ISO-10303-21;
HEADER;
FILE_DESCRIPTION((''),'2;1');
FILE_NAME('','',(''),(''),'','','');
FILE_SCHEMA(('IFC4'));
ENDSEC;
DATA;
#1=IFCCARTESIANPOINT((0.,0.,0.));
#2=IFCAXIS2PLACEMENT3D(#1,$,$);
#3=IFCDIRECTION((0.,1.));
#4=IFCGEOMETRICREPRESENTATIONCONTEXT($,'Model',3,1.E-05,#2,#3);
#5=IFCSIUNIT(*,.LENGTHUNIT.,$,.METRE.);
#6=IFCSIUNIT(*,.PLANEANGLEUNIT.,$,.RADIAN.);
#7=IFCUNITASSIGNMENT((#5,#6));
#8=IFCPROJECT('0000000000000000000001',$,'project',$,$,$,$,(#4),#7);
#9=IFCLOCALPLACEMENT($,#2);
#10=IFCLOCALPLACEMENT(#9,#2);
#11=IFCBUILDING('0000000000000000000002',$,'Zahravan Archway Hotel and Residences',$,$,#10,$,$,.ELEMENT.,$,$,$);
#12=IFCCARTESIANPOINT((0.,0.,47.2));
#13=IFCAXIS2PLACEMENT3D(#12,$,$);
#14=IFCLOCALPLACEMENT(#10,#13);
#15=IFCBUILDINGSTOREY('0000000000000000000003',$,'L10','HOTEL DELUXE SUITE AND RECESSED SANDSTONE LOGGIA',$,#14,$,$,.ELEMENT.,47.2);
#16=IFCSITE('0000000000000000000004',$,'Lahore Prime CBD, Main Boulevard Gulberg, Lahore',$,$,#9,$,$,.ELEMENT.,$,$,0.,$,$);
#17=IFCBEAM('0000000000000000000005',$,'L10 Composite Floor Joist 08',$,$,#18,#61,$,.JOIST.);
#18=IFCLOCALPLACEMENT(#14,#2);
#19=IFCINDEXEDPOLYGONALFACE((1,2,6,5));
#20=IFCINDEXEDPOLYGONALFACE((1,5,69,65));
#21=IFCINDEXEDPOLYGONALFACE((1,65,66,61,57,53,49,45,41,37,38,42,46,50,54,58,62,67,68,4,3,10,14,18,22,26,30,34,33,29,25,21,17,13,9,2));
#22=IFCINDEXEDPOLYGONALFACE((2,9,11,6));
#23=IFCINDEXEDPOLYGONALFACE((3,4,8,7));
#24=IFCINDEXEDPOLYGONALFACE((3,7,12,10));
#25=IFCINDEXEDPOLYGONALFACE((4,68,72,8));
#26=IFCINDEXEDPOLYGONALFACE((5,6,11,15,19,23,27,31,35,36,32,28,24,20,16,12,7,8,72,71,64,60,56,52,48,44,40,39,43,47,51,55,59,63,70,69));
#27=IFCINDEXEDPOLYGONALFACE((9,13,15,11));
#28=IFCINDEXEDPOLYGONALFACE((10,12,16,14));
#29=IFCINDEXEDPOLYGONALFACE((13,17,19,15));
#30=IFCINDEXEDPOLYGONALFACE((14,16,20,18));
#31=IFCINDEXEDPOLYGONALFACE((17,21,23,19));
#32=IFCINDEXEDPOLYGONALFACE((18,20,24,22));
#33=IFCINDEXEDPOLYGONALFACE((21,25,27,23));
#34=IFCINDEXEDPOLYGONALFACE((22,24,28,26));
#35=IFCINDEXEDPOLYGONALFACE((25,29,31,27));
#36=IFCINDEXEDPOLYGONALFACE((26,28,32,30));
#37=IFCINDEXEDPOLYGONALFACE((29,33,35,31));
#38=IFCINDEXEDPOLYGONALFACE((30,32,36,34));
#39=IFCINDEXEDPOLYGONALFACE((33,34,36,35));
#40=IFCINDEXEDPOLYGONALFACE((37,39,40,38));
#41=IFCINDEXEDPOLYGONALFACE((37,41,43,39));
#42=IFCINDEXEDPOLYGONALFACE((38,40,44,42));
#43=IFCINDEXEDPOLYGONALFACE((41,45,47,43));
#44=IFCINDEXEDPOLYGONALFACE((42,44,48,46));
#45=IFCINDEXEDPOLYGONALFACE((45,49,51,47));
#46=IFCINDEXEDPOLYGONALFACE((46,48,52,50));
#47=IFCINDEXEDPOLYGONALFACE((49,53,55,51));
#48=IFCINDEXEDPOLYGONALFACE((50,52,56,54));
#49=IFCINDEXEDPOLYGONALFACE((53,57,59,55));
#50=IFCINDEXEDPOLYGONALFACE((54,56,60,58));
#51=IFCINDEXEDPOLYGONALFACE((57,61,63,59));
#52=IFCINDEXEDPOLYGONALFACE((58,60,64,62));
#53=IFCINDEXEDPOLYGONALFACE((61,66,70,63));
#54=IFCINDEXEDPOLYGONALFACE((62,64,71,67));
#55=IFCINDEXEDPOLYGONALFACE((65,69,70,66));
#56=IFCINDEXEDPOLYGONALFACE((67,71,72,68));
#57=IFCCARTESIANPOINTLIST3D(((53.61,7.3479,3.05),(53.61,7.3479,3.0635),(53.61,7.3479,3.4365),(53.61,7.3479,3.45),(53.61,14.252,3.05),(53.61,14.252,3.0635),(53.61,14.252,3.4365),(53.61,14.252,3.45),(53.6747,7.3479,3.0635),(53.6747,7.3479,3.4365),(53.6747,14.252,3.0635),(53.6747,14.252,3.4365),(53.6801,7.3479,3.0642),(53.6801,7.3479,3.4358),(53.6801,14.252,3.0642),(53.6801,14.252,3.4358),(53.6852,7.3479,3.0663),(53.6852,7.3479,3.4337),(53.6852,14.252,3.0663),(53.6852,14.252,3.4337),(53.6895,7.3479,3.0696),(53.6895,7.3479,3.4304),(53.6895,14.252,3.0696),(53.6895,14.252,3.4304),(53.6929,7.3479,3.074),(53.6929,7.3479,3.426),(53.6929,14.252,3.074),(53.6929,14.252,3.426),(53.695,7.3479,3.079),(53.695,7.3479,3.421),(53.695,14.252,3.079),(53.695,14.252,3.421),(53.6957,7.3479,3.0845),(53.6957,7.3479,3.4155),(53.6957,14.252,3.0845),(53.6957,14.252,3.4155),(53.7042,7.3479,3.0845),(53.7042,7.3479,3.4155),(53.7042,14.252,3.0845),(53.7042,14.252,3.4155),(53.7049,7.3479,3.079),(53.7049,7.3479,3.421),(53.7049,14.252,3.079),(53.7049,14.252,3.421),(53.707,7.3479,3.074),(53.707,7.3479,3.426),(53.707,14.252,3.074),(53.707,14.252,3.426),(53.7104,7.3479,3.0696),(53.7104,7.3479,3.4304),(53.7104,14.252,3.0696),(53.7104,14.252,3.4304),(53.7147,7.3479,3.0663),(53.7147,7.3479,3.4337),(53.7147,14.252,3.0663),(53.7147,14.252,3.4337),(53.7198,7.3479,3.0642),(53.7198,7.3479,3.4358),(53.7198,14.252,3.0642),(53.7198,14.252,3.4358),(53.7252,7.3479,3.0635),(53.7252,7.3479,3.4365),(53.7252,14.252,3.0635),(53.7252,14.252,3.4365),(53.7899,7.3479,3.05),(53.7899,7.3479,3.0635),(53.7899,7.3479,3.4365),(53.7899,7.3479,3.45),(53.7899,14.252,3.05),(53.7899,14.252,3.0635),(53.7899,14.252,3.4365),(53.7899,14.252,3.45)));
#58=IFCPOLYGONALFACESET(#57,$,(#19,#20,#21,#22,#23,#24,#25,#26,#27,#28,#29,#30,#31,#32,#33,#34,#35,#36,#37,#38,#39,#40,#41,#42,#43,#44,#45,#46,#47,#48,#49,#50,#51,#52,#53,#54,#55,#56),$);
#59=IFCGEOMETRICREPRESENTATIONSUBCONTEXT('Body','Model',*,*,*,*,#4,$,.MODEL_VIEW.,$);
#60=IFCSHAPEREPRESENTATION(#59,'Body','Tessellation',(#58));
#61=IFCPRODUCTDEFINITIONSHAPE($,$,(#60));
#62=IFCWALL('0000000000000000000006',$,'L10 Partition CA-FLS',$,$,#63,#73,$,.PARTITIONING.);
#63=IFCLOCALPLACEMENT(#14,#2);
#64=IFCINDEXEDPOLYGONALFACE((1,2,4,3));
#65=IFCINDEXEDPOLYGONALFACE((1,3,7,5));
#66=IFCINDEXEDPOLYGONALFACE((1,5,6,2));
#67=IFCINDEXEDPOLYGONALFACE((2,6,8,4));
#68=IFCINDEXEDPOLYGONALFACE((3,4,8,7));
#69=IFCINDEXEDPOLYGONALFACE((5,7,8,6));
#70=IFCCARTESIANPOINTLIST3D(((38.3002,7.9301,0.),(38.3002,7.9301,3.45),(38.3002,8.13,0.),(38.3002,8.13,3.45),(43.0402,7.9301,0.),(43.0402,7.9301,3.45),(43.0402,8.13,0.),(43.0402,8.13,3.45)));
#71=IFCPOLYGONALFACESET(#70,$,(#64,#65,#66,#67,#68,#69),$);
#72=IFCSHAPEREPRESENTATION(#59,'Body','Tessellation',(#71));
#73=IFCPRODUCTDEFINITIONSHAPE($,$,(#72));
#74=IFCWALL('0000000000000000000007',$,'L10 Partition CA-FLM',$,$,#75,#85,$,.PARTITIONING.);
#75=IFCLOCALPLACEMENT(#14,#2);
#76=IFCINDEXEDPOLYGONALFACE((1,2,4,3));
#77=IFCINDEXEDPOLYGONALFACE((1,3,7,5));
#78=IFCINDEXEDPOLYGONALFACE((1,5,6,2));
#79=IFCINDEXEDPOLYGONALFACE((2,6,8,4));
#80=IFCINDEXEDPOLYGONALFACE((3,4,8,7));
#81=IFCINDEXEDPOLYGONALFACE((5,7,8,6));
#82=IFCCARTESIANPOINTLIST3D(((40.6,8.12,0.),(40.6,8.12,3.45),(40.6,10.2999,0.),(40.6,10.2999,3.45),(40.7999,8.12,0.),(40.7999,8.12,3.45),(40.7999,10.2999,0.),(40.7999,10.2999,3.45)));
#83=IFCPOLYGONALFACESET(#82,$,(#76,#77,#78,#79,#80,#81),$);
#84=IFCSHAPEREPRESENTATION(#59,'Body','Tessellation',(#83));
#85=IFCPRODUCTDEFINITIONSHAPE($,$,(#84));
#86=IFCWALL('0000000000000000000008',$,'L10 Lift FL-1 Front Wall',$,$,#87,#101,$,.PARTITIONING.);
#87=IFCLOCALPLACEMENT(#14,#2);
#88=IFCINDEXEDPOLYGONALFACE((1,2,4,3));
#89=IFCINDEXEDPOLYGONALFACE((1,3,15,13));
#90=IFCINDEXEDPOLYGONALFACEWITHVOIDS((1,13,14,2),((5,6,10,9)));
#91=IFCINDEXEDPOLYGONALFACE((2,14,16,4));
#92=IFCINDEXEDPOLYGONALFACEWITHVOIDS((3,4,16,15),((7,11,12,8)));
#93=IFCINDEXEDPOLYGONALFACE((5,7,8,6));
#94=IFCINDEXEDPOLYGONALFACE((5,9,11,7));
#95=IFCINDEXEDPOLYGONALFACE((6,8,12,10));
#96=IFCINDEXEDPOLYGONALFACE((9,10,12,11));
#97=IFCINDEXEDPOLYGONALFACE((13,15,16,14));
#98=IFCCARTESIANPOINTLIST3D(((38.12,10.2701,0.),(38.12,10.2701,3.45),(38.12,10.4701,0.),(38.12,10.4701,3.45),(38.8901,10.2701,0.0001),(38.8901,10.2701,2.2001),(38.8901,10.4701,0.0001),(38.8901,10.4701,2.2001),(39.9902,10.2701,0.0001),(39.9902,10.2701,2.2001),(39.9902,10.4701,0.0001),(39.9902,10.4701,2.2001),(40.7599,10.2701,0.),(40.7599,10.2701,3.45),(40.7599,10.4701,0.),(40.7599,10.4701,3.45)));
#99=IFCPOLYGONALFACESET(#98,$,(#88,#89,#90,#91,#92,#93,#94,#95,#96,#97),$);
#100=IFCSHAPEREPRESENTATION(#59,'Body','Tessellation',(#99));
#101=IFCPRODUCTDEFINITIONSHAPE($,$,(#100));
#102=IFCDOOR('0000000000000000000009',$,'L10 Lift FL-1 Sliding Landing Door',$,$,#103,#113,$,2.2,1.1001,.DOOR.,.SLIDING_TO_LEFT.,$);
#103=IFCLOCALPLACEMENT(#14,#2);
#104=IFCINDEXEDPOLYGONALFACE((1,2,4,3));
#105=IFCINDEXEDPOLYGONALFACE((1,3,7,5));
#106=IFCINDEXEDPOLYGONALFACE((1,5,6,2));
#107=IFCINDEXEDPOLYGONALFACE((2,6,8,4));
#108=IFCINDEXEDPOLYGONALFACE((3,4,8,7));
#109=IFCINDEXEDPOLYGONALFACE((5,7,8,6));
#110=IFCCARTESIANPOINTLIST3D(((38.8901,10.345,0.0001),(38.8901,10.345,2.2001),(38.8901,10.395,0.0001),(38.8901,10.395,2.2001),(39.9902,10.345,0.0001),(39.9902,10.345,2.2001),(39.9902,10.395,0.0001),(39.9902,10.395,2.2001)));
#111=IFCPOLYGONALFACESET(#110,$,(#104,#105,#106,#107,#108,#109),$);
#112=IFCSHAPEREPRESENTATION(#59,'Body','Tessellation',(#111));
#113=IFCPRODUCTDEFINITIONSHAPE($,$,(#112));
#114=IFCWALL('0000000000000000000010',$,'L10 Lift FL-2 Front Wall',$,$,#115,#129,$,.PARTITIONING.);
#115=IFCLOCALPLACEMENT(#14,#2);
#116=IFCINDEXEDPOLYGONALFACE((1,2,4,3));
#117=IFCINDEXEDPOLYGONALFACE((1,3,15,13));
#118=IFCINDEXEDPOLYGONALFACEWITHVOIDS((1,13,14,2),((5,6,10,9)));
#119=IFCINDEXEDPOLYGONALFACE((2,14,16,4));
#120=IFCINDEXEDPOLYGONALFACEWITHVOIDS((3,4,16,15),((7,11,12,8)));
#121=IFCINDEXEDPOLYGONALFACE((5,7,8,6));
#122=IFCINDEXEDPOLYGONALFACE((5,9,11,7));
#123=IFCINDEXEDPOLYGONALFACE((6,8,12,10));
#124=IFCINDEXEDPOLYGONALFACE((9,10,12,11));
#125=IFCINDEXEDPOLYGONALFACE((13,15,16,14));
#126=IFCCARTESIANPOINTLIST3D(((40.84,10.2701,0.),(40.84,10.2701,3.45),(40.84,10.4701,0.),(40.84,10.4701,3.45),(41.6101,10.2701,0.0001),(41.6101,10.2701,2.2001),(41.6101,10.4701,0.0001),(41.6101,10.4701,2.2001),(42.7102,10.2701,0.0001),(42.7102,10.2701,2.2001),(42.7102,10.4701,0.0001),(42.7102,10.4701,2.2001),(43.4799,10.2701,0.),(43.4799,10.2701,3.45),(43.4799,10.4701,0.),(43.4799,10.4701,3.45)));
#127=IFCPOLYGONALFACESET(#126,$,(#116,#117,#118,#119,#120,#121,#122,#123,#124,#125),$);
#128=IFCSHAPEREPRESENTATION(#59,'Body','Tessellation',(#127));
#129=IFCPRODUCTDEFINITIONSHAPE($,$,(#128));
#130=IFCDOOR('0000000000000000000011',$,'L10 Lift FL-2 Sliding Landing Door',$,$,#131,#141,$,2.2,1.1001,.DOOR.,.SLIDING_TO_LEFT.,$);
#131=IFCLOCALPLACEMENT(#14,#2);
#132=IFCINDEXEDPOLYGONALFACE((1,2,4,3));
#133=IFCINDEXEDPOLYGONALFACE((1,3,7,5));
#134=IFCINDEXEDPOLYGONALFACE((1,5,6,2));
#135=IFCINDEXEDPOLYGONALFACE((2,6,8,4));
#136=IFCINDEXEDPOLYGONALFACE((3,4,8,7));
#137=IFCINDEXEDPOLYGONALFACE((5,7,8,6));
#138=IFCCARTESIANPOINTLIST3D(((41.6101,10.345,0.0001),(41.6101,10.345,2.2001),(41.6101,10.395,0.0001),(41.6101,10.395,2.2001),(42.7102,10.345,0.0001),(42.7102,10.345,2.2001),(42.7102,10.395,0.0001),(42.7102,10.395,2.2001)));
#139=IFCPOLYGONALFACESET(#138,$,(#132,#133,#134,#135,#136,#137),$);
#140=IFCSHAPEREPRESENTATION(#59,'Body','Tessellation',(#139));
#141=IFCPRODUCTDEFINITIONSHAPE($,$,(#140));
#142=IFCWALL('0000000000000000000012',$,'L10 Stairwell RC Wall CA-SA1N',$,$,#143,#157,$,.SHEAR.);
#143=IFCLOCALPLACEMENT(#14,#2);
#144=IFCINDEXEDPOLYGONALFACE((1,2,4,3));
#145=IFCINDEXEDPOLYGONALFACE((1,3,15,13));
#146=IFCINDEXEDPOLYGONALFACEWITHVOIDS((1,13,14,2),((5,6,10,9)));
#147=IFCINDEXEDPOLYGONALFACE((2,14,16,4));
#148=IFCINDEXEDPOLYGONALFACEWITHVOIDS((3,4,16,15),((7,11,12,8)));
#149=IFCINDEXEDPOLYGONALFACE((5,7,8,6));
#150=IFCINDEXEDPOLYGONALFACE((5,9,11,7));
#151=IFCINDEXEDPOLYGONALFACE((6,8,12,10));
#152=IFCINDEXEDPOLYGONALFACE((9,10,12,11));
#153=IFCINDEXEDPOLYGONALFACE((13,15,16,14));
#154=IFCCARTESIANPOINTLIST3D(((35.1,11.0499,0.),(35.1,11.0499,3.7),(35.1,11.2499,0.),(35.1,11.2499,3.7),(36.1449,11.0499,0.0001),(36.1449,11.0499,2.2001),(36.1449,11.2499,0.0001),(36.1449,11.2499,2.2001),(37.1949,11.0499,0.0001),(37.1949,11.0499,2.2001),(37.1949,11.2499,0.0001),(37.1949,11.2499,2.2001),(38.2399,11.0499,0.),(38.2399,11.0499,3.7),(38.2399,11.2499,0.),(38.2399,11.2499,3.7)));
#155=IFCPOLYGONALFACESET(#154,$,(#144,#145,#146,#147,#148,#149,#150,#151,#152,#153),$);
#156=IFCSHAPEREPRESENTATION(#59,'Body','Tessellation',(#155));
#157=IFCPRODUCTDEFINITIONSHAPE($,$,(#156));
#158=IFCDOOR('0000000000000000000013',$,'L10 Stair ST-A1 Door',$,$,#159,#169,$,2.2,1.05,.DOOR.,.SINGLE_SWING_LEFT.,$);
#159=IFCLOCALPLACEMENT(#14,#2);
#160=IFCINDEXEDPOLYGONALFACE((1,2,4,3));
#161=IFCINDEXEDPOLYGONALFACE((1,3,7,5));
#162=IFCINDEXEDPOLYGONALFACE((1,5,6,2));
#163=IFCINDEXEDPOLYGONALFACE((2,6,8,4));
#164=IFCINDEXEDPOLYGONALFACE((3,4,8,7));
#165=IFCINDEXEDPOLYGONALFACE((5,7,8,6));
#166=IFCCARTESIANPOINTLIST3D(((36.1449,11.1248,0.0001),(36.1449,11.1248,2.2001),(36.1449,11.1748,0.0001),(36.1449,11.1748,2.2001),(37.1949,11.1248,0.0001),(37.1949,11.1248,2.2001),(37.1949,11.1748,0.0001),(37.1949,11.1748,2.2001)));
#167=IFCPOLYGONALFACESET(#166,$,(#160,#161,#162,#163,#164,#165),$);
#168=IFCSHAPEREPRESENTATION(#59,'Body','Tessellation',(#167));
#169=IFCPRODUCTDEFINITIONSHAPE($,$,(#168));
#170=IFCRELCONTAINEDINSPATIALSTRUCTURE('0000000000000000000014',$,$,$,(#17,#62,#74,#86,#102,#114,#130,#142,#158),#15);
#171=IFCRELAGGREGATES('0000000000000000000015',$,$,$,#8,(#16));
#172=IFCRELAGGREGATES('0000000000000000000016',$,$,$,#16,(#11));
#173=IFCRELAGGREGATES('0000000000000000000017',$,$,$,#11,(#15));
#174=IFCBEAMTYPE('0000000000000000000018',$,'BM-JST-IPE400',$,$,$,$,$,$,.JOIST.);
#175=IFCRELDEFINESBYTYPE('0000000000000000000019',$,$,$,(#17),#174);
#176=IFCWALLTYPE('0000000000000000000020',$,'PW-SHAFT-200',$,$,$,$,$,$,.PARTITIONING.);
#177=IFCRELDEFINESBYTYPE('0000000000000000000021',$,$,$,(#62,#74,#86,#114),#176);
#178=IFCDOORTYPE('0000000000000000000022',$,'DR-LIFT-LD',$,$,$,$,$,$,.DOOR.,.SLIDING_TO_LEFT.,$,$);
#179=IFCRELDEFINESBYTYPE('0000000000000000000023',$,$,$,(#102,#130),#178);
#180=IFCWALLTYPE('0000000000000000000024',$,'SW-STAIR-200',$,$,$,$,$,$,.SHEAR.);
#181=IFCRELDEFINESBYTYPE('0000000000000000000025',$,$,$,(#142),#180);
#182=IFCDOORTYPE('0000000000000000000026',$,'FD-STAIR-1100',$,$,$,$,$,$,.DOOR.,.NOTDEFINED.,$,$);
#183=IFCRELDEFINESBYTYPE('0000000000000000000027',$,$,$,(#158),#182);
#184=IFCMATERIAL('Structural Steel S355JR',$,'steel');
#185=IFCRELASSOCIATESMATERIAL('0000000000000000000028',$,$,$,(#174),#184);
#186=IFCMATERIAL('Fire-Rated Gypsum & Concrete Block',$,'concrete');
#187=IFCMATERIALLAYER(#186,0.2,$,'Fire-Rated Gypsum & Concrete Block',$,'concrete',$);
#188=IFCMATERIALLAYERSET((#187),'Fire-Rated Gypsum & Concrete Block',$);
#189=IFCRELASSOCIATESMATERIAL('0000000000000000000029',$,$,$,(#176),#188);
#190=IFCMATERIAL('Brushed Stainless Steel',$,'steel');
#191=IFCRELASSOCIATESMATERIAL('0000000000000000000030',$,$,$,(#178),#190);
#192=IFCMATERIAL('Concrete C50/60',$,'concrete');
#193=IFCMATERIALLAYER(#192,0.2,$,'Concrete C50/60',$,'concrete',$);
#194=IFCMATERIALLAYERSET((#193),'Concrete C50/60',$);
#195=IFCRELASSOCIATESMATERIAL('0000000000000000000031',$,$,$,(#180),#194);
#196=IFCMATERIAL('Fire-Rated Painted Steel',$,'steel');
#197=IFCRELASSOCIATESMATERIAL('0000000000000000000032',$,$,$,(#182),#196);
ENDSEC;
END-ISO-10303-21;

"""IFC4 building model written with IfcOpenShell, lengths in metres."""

from ifc_helpers import new_model, si_unit, direction, frame, frame_2d, origin, origin_2d, place, context, subcontext, project, spatial, rectangle, i_section, extrude, source, transform, mapped, material, layer, layer_set, material_profile, profile_set, type_object, type_shapes, element, fill, save


model = new_model("IFC4")

# Units and contexts
model_context = context("Model", 3, precision=1e-05, world=origin(), true_north=direction((0.0, 1.0)))
body_context = subcontext(model_context, "Body", "Model", "MODEL_VIEW")
ifc_project = project(units=[si_unit("LENGTHUNIT", "METRE"), si_unit("PLANEANGLEUNIT", "RADIAN")], contexts=[model_context])

# Site, building, storey
site_placement = place(None, origin())
site = spatial("IfcSite", under=ifc_project, at=site_placement, Name="Lahore Prime CBD, Main Boulevard Gulberg, Lahore", CompositionType="ELEMENT", RefElevation=0.0)
building_placement = place(site_placement, origin())
building = spatial("IfcBuilding", under=site, at=building_placement, Name="Zahravan Archway Hotel and Residences", CompositionType="ELEMENT")
storey_placement = place(building_placement, frame((0.0, 0.0, 47.2)))
storey = spatial("IfcBuildingStorey", under=building, at=storey_placement, Name="L10", Description="HOTEL DELUXE SUITE AND RECESSED SANDSTONE LOGGIA", CompositionType="ELEMENT", Elevation=47.2)

# Beam
ifc_material_1 = material(Name="Structural Steel S355JR", Category="steel")
ifc_material_profile = material_profile(ifc_material_1, i_section(OverallWidth=0.1799, OverallDepth=0.3999, WebThickness=0.0085, FlangeThickness=0.0134, FilletRadius=0.021, at=origin_2d()), Name="IPE 400", Category="steel")
ifc_profile_set = profile_set([ifc_material_profile], Name="Structural Steel S355JR")
beam_type = type_object("IfcBeamType", Name="BM-JST-IPE400", PredefinedType="JOIST", material=ifc_profile_set)
shared_shape_1 = source(origin(), body_context, "Body", "SweptSolid", [
    extrude(i_section(OverallWidth=0.1799, OverallDepth=0.3999, WebThickness=0.0085, FlangeThickness=0.0134, FilletRadius=0.021, at=origin_2d()), origin(), (0.0, 0.0, 1.0), 6.9041),
])
type_shapes(beam_type, [shared_shape_1])
beam_placement = place(storey_placement, frame((53.7, 7.3479, 3.25), z_axis=(0.0, 1.0, 0.0), x_axis=(-1.0, 0.0, 0.0)))
element("IfcBeam", 1, at=beam_placement, inside=storey, type_object=beam_type, Name="L10 Composite Floor Joist 08", PredefinedType="JOIST", context=body_context, shape_type="MappedRepresentation", body=[
    mapped(shared_shape_1, transform((0.0, 0.0, 0.0), scale=1.0)),
])

# Walls
ifc_material_2 = material(Name="Fire-Rated Gypsum & Concrete Block", Category="concrete")
ifc_layer_1 = layer(ifc_material_2, 0.2, Name="Fire-Rated Gypsum & Concrete Block", Category="concrete")
ifc_layer_set_1 = layer_set([ifc_layer_1], Name="Fire-Rated Gypsum & Concrete Block")
wall_type_1 = type_object("IfcWallType", Name="PW-SHAFT-200", PredefinedType="PARTITIONING", material=ifc_layer_set_1)
wall_1_placement = place(storey_placement, frame((38.3, 8.03, 0.0), z_axis=(0.0, 0.0, 1.0), x_axis=(1.0, 0.0, 0.0)))
element("IfcWall", 2, at=wall_1_placement, inside=storey, type_object=wall_type_1, Name="L10 Partition CA-FLS", PredefinedType="PARTITIONING", context=body_context, shape_type="SweptSolid", body=[
    extrude(rectangle(XDim=4.74, YDim=0.2, at=frame_2d((2.3701, 0.0))), origin(), (0.0, 0.0, 1.0), 3.45),
])
wall_2_placement = place(storey_placement, frame((40.7, 8.1201, 0.0), z_axis=(0.0, 0.0, 1.0), x_axis=(0.0, 1.0, 0.0)))
element("IfcWall", 3, at=wall_2_placement, inside=storey, type_object=wall_type_1, Name="L10 Partition CA-FLM", PredefinedType="PARTITIONING", context=body_context, shape_type="SweptSolid", body=[
    extrude(rectangle(XDim=2.1799, YDim=0.2, at=frame_2d((1.0898, 0.0))), origin(), (0.0, 0.0, 1.0), 3.45),
])

# Walls, openings, doors
wall_3_placement = place(storey_placement, frame((38.1201, 10.3701, 0.0), z_axis=(0.0, 0.0, 1.0), x_axis=(1.0, 0.0, 0.0)))
wall_3 = element("IfcWall", 4, at=wall_3_placement, inside=storey, type_object=wall_type_1, Name="L10 Lift FL-1 Front Wall", PredefinedType="PARTITIONING", context=body_context, shape_type="SweptSolid", body=[
    extrude(rectangle(XDim=2.6399, YDim=0.2, at=frame_2d((1.3198, 0.0))), origin(), (0.0, 0.0, 1.0), 3.45),
])
opening_1_placement = place(wall_3_placement, frame((0.77, 0.0, 0.0)))
opening_1 = element("IfcOpeningElement", 5, at=opening_1_placement, cuts=wall_3, PredefinedType="OPENING", context=body_context, shape_type="SweptSolid", body=[
    extrude(rectangle(XDim=1.1001, YDim=2.2, at=frame_2d((0.55, 1.1001))), frame((0.0, 0.1099, 0.0), z_axis=(0.0, -1.0, 0.0), x_axis=(1.0, 0.0, 0.0)), (0.0, 0.0, 1.0), 0.22),
])
ifc_material_3 = material(Name="Brushed Stainless Steel", Category="steel")
door_type_1 = type_object("IfcDoorType", Name="DR-LIFT-LD", OperationType="SLIDING_TO_LEFT", PredefinedType="DOOR", material=ifc_material_3)
shared_shape_2 = source(origin(), body_context, "Body", "SweptSolid", [
    extrude(rectangle(XDim=1.1001, YDim=2.2, at=frame_2d((0.55, 1.1001))), frame((0.0, 0.0249, 0.0), z_axis=(0.0, -1.0, 0.0), x_axis=(1.0, 0.0, 0.0)), (0.0, 0.0, 1.0), 0.05),
])
type_shapes(door_type_1, [shared_shape_2])
door_1_placement = place(opening_1_placement, origin())
door_1 = element("IfcDoor", 6, at=door_1_placement, inside=storey, type_object=door_type_1, Name="L10 Lift FL-1 Sliding Landing Door", OperationType="SLIDING_TO_LEFT", OverallHeight=2.2, OverallWidth=1.1001, PredefinedType="DOOR", context=body_context, shape_type="MappedRepresentation", body=[
    mapped(shared_shape_2, transform((0.0, 0.0, 0.0), scale=1.0)),
])
fill(opening_1, door_1)
wall_4_placement = place(storey_placement, frame((40.8401, 10.3701, 0.0), z_axis=(0.0, 0.0, 1.0), x_axis=(1.0, 0.0, 0.0)))
wall_4 = element("IfcWall", 7, at=wall_4_placement, inside=storey, type_object=wall_type_1, Name="L10 Lift FL-2 Front Wall", PredefinedType="PARTITIONING", context=body_context, shape_type="SweptSolid", body=[
    extrude(rectangle(XDim=2.6399, YDim=0.2, at=frame_2d((1.3198, 0.0))), origin(), (0.0, 0.0, 1.0), 3.45),
])
opening_2_placement = place(wall_4_placement, frame((0.77, 0.0, 0.0)))
opening_2 = element("IfcOpeningElement", 8, at=opening_2_placement, cuts=wall_4, PredefinedType="OPENING", context=body_context, shape_type="SweptSolid", body=[
    extrude(rectangle(XDim=1.1001, YDim=2.2, at=frame_2d((0.55, 1.1001))), frame((0.0, 0.1099, 0.0), z_axis=(0.0, -1.0, 0.0), x_axis=(1.0, 0.0, 0.0)), (0.0, 0.0, 1.0), 0.22),
])
door_2_placement = place(opening_2_placement, origin())
door_2 = element("IfcDoor", 9, at=door_2_placement, inside=storey, type_object=door_type_1, Name="L10 Lift FL-2 Sliding Landing Door", OperationType="SLIDING_TO_LEFT", OverallHeight=2.2, OverallWidth=1.1001, PredefinedType="DOOR", context=body_context, shape_type="MappedRepresentation", body=[
    mapped(shared_shape_2, transform((0.0, 0.0, 0.0), scale=1.0)),
])
fill(opening_2, door_2)
ifc_material_4 = material(Name="Concrete C50/60", Category="concrete")
ifc_layer_2 = layer(ifc_material_4, 0.2, Name="Concrete C50/60", Category="concrete")
ifc_layer_set_2 = layer_set([ifc_layer_2], Name="Concrete C50/60")
wall_type_2 = type_object("IfcWallType", Name="SW-STAIR-200", PredefinedType="SHEAR", material=ifc_layer_set_2)
wall_5_placement = place(storey_placement, frame((35.1001, 11.1499, 0.0), z_axis=(0.0, 0.0, 1.0), x_axis=(1.0, 0.0, 0.0)))
wall_5 = element("IfcWall", 10, at=wall_5_placement, inside=storey, type_object=wall_type_2, Name="L10 Stairwell RC Wall CA-SA1N", PredefinedType="SHEAR", context=body_context, shape_type="SweptSolid", body=[
    extrude(rectangle(XDim=3.1399, YDim=0.2, at=frame_2d((1.5698, 0.0))), origin(), (0.0, 0.0, 1.0), 3.7),
])
opening_3_placement = place(wall_5_placement, frame((1.0449, 0.0, 0.0)))
opening_3 = element("IfcOpeningElement", 11, at=opening_3_placement, cuts=wall_5, PredefinedType="OPENING", context=body_context, shape_type="SweptSolid", body=[
    extrude(rectangle(XDim=1.05, YDim=2.2, at=frame_2d((0.5249, 1.1001))), frame((0.0, 0.1099, 0.0), z_axis=(0.0, -1.0, 0.0), x_axis=(1.0, 0.0, 0.0)), (0.0, 0.0, 1.0), 0.22),
])
ifc_material_5 = material(Name="Fire-Rated Painted Steel", Category="steel")
door_type_2 = type_object("IfcDoorType", Name="FD-STAIR-1100", OperationType="NOTDEFINED", PredefinedType="DOOR", material=ifc_material_5)
shared_shape_3 = source(origin(), body_context, "Body", "SweptSolid", [
    extrude(rectangle(XDim=1.05, YDim=2.2, at=frame_2d((0.5249, 1.1001))), frame((0.0, 0.0249, 0.0), z_axis=(0.0, -1.0, 0.0), x_axis=(1.0, 0.0, 0.0)), (0.0, 0.0, 1.0), 0.05),
])
type_shapes(door_type_2, [shared_shape_3])
door_3_placement = place(opening_3_placement, origin())
door_3 = element("IfcDoor", 12, at=door_3_placement, inside=storey, type_object=door_type_2, Name="L10 Stair ST-A1 Door", OperationType="SINGLE_SWING_LEFT", OverallHeight=2.2, OverallWidth=1.05, PredefinedType="DOOR", context=body_context, shape_type="MappedRepresentation", body=[
    mapped(shared_shape_3, transform((0.0, 0.0, 0.0), scale=1.0)),
])
fill(opening_3, door_3)

save(model, "model.ifc")
